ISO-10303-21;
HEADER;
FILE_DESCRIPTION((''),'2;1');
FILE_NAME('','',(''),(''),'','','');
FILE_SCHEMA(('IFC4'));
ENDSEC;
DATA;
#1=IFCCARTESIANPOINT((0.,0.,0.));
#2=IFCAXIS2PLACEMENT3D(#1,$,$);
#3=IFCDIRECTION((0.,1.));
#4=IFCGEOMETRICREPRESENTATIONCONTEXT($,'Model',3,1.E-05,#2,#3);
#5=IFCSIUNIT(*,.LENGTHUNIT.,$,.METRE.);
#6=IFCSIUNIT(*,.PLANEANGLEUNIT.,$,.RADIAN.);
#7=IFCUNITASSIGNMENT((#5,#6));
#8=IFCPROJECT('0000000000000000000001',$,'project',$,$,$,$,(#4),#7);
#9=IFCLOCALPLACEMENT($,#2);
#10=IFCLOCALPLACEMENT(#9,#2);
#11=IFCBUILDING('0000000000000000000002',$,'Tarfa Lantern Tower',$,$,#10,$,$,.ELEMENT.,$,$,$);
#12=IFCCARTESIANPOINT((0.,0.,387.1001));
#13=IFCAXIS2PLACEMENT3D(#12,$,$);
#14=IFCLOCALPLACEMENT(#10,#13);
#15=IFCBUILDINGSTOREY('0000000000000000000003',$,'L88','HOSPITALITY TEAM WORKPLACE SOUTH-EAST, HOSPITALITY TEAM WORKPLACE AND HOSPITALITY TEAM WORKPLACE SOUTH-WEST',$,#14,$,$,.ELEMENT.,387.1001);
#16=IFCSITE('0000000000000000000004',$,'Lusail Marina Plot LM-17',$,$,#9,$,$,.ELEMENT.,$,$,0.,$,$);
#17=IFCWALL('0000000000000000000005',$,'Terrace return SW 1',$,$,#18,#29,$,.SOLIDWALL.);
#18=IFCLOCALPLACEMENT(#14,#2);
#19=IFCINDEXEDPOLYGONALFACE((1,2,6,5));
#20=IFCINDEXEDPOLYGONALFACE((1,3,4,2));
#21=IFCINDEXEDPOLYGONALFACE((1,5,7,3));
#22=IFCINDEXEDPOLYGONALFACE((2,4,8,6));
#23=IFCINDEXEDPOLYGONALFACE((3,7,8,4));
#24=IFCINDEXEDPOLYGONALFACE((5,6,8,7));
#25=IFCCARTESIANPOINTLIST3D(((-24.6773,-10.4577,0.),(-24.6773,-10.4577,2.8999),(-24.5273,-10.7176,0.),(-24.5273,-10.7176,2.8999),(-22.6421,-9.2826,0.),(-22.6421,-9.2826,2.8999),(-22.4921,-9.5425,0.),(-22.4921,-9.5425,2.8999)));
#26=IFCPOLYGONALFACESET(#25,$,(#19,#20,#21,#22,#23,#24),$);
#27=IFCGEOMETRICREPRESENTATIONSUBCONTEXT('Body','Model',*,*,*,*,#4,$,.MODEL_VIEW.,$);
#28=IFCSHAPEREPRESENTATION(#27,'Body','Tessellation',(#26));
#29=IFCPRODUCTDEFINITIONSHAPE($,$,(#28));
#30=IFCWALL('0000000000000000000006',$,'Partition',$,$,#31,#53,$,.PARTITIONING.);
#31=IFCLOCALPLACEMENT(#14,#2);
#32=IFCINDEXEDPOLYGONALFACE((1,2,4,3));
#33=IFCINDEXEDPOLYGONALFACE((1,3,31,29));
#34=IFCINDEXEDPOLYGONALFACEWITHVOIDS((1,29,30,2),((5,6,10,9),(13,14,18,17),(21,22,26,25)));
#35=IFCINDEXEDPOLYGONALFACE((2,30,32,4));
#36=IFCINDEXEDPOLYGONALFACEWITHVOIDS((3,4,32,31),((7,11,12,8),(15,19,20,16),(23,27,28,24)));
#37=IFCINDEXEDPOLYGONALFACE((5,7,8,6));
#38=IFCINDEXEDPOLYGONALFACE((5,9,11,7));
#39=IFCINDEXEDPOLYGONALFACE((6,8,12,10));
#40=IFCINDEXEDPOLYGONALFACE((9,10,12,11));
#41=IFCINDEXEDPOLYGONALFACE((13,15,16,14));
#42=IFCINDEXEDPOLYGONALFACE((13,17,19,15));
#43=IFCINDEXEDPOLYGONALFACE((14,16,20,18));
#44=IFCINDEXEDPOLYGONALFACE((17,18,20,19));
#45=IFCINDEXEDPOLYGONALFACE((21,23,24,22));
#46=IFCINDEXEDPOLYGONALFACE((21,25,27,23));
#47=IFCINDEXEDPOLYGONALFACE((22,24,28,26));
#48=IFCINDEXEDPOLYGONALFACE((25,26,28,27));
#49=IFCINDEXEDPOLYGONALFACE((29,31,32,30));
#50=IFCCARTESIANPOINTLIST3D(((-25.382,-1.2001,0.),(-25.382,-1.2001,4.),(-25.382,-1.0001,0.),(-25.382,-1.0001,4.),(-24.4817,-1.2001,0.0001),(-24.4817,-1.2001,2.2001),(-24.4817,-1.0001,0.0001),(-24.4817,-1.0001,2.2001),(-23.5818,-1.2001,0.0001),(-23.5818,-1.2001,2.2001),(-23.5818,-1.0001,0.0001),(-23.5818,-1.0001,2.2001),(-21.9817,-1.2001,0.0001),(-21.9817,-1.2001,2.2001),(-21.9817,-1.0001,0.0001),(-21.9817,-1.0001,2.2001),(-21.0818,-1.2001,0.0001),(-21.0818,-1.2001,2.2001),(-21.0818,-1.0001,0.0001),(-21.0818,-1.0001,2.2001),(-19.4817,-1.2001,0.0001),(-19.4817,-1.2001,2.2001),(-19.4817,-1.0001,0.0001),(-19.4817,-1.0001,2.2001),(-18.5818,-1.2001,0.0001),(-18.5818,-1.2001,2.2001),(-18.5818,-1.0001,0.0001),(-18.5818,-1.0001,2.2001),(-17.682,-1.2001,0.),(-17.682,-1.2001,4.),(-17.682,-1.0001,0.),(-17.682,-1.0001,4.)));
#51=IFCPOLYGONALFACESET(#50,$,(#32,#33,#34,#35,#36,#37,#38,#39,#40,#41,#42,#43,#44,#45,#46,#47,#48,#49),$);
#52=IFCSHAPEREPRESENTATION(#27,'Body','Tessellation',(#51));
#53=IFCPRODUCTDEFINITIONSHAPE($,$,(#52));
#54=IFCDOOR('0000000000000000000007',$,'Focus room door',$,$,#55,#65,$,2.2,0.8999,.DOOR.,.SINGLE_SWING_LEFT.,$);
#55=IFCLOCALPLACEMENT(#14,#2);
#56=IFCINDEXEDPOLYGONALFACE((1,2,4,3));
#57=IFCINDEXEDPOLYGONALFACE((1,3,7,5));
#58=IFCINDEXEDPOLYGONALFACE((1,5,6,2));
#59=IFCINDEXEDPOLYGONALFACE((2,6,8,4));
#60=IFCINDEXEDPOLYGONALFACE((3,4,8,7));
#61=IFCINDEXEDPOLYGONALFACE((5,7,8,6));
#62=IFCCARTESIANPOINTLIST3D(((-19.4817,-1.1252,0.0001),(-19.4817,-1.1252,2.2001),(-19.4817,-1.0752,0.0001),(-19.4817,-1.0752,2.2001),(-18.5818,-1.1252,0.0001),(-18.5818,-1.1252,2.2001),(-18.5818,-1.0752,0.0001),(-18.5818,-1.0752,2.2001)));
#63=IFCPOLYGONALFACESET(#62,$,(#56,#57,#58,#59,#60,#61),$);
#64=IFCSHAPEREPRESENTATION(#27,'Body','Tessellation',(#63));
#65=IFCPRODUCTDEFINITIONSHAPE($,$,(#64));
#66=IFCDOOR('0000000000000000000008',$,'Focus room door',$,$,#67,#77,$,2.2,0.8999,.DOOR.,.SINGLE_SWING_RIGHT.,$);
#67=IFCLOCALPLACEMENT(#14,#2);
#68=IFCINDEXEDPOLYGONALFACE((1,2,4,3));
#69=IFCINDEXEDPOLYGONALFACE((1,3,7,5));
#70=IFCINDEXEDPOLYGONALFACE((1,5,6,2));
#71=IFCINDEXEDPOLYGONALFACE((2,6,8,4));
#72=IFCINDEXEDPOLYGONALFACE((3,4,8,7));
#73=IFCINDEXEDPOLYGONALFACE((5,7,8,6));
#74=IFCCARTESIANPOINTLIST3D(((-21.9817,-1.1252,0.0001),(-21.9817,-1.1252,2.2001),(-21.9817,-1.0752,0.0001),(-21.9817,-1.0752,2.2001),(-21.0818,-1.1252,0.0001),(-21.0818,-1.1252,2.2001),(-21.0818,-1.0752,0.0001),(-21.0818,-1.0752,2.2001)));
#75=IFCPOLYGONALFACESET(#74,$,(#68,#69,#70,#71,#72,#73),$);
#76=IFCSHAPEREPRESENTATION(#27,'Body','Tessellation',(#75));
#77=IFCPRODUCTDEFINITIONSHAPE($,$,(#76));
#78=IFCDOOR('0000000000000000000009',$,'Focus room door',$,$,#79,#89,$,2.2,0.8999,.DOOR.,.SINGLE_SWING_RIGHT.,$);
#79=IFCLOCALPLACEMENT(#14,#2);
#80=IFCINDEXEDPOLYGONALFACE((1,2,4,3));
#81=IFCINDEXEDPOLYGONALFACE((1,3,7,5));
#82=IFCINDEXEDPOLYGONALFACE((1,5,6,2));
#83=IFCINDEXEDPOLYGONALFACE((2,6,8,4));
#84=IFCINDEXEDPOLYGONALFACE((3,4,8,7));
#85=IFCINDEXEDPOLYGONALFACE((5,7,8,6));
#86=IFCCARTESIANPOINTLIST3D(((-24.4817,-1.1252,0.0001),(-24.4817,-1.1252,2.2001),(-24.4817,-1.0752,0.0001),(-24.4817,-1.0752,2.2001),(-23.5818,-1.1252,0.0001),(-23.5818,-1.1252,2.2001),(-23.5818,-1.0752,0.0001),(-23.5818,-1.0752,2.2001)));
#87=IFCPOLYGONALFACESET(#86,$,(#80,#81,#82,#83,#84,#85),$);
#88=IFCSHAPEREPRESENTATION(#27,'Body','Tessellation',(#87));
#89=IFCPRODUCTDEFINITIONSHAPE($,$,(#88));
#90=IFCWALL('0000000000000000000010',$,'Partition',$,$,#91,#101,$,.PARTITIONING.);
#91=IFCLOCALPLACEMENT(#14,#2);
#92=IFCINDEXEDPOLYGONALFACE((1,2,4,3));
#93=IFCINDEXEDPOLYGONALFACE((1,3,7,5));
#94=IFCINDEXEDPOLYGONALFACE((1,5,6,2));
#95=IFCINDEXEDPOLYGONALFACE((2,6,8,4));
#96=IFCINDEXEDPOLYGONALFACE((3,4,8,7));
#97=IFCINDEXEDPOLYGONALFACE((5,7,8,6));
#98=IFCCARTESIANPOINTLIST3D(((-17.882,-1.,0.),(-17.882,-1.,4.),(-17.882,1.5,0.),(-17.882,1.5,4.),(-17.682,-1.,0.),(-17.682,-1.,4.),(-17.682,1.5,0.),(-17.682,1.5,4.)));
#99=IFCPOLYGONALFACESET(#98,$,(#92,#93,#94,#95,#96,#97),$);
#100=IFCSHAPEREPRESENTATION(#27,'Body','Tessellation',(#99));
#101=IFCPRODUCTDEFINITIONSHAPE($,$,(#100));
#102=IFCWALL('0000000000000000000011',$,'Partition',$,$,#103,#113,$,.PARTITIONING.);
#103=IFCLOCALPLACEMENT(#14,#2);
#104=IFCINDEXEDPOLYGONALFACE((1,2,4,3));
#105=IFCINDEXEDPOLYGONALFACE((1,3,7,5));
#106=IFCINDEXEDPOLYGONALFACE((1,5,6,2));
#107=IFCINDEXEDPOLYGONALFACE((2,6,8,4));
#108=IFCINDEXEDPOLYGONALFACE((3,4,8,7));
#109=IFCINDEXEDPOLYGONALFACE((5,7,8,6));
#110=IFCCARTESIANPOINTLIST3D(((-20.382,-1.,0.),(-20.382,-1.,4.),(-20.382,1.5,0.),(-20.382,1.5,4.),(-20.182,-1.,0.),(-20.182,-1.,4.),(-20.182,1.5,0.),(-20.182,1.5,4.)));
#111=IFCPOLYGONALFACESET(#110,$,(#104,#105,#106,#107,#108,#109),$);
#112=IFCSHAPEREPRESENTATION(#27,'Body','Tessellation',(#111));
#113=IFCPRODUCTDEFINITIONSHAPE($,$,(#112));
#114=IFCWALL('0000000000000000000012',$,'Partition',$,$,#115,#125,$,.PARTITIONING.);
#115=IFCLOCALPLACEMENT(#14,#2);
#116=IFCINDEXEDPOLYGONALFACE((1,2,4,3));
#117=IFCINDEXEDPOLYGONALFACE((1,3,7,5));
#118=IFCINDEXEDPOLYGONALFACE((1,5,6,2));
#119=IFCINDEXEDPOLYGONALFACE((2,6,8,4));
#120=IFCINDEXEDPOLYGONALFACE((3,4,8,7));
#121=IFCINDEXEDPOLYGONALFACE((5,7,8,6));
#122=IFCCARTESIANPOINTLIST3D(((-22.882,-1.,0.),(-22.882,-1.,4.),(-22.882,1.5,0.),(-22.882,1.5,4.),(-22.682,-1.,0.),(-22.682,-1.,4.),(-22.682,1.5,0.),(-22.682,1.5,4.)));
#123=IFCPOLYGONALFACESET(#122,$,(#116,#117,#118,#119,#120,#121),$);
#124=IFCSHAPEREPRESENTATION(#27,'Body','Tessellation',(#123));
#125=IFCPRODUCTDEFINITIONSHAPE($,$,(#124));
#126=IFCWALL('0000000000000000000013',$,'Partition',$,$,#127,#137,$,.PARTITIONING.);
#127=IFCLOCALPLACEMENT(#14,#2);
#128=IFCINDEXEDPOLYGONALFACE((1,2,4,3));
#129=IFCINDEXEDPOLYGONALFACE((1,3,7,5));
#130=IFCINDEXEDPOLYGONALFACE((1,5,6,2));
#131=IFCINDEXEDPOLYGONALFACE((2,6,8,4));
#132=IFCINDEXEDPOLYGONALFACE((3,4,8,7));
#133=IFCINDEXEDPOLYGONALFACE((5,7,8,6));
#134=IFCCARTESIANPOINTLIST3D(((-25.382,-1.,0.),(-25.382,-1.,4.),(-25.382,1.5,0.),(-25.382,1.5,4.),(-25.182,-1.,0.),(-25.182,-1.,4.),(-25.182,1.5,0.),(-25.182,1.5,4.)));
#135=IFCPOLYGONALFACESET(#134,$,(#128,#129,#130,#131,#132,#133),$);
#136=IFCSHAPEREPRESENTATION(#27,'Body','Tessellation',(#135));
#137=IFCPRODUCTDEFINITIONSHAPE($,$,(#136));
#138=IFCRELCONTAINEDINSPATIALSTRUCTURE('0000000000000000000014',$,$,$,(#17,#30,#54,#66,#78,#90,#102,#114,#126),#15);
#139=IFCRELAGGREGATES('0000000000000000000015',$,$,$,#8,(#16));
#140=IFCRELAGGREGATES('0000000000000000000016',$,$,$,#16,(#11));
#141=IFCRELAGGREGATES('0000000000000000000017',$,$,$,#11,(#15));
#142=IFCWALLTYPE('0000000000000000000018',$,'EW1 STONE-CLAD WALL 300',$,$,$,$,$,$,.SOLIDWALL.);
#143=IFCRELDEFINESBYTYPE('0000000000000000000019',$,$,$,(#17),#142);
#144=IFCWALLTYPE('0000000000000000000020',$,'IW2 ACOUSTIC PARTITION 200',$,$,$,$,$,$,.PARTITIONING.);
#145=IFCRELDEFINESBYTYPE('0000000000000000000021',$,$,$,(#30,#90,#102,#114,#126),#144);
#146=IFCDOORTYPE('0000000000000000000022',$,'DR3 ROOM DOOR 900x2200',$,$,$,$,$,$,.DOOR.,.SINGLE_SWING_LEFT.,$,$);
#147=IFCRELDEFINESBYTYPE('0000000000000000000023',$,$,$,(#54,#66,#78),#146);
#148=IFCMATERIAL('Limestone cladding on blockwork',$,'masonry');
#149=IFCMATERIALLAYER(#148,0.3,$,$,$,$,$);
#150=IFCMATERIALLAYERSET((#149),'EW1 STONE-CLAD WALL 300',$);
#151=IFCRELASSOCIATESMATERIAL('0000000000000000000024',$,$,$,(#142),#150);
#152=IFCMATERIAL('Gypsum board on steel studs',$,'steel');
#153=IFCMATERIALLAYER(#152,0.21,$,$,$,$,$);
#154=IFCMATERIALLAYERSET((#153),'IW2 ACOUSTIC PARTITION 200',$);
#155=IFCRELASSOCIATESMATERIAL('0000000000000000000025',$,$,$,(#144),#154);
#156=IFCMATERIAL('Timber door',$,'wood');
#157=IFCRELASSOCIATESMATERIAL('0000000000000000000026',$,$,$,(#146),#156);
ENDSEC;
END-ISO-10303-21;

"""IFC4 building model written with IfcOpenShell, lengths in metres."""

from ifc_helpers import new_model, si_unit, direction, frame, frame_2d, origin, place, context, subcontext, project, spatial, rectangle, extrude, material, layer, layer_set, type_object, element, fill, save


model = new_model("IFC4")

# Units and contexts
model_context = context("Model", 3, precision=1e-05, world=origin(), true_north=direction((0.0, 1.0)))
body_context = subcontext(model_context, "Body", "Model", "MODEL_VIEW")
ifc_project = project(units=[si_unit("LENGTHUNIT", "METRE"), si_unit("PLANEANGLEUNIT", "RADIAN")], contexts=[model_context])

# Site, building, storey
site_placement = place(None, origin())
site = spatial("IfcSite", under=ifc_project, at=site_placement, Name="Lusail Marina Plot LM-17", CompositionType="ELEMENT", RefElevation=0.0)
building_placement = place(site_placement, origin())
building = spatial("IfcBuilding", under=site, at=building_placement, Name="Tarfa Lantern Tower", CompositionType="ELEMENT")
storey_placement = place(building_placement, frame((0.0, 0.0, 387.1001)))
storey = spatial("IfcBuildingStorey", under=building, at=storey_placement, Name="L88", Description="HOSPITALITY TEAM WORKPLACE SOUTH-EAST, HOSPITALITY TEAM WORKPLACE AND HOSPITALITY TEAM WORKPLACE SOUTH-WEST", CompositionType="ELEMENT", Elevation=387.1001)

# Shared definitions
ifc_material_1 = material(Name="Limestone cladding on blockwork", Category="masonry")
ifc_layer_1 = layer(ifc_material_1, 0.3)
ifc_layer_set_1 = layer_set([ifc_layer_1], Name="EW1 STONE-CLAD WALL 300")
wall_type_1 = type_object("IfcWallType", Name="EW1 STONE-CLAD WALL 300", PredefinedType="SOLIDWALL", material=ifc_layer_set_1)

# Wall
wall_1_placement = place(storey_placement, frame((-24.6023, -10.5876, 0.0), z_axis=(0.0, 0.0, 1.0), x_axis=(0.866016, 0.500016, 0.0)))
element("IfcWall", 1, at=wall_1_placement, inside=storey, type_object=wall_type_1, Name="Terrace return SW 1", PredefinedType="SOLIDWALL", context=body_context, shape_type="SweptSolid", body=[
    extrude(rectangle(XDim=2.3501, YDim=0.3, at=frame_2d((1.175, 0.0))), origin(), (0.0, 0.0, 1.0), 2.8999),
])

# Wall, openings, doors
ifc_material_2 = material(Name="Gypsum board on steel studs", Category="steel")
ifc_layer_2 = layer(ifc_material_2, 0.21)
ifc_layer_set_2 = layer_set([ifc_layer_2], Name="IW2 ACOUSTIC PARTITION 200")
wall_type_2 = type_object("IfcWallType", Name="IW2 ACOUSTIC PARTITION 200", PredefinedType="PARTITIONING", material=ifc_layer_set_2)
wall_2_placement = place(storey_placement, frame((-17.6819, -1.1001, 0.0), z_axis=(0.0, 0.0, 1.0), x_axis=(-1.0, 0.0, 0.0)))
wall_2 = element("IfcWall", 2, at=wall_2_placement, inside=storey, type_object=wall_type_2, Name="Partition", PredefinedType="PARTITIONING", context=body_context, shape_type="SweptSolid", body=[
    extrude(rectangle(XDim=7.7, YDim=0.2, at=frame_2d((3.8501, 0.0))), origin(), (0.0, 0.0, 1.0), 4.0),
])
opening_1_placement = place(wall_2_placement, frame((0.8999, 0.0, 0.0)))
opening_1 = element("IfcOpeningElement", 3, at=opening_1_placement, cuts=wall_2, PredefinedType="OPENING", context=body_context, shape_type="SweptSolid", body=[
    extrude(rectangle(XDim=0.8999, YDim=2.2, at=frame_2d((0.45, 1.1001))), frame((0.0, 0.1099, 0.0), z_axis=(0.0, -1.0, 0.0), x_axis=(1.0, 0.0, 0.0)), (0.0, 0.0, 1.0), 0.22),
])
opening_2_placement = place(wall_2_placement, frame((3.3999, 0.0, 0.0)))
opening_2 = element("IfcOpeningElement", 4, at=opening_2_placement, cuts=wall_2, PredefinedType="OPENING", context=body_context, shape_type="SweptSolid", body=[
    extrude(rectangle(XDim=0.8999, YDim=2.2, at=frame_2d((0.45, 1.1001))), frame((0.0, 0.1099, 0.0), z_axis=(0.0, -1.0, 0.0), x_axis=(1.0, 0.0, 0.0)), (0.0, 0.0, 1.0), 0.22),
])
opening_3_placement = place(wall_2_placement, frame((5.8999, 0.0, 0.0)))
opening_3 = element("IfcOpeningElement", 5, at=opening_3_placement, cuts=wall_2, PredefinedType="OPENING", context=body_context, shape_type="SweptSolid", body=[
    extrude(rectangle(XDim=0.8999, YDim=2.2, at=frame_2d((0.45, 1.1001))), frame((0.0, 0.1099, 0.0), z_axis=(0.0, -1.0, 0.0), x_axis=(1.0, 0.0, 0.0)), (0.0, 0.0, 1.0), 0.22),
])
ifc_material_3 = material(Name="Timber door", Category="wood")
door_type_1 = type_object("IfcDoorType", Name="DR3 ROOM DOOR 900x2200", OperationType="SINGLE_SWING_LEFT", PredefinedType="DOOR", material=ifc_material_3)
door_1_placement = place(opening_1_placement, frame((0.8999, 0.0, 0.0), z_axis=(0.0, 0.0, 1.0), x_axis=(-1.0, 0.0, 0.0)))
door_1 = element("IfcDoor", 6, at=door_1_placement, inside=storey, type_object=door_type_1, Name="Focus room door", OperationType="SINGLE_SWING_LEFT", OverallHeight=2.2, OverallWidth=0.8999, PredefinedType="DOOR", context=body_context, shape_type="SweptSolid", body=[
    extrude(rectangle(XDim=0.8999, YDim=2.2, at=frame_2d((0.45, 1.1001))), frame((0.0, 0.0249, 0.0), z_axis=(0.0, -1.0, 0.0), x_axis=(1.0, 0.0, 0.0)), (0.0, 0.0, 1.0), 0.05),
])
fill(opening_1, door_1)
door_2_placement = place(opening_2_placement, frame((0.8999, 0.0, 0.0), z_axis=(0.0, 0.0, 1.0), x_axis=(-1.0, 0.0, 0.0)))
door_2 = element("IfcDoor", 7, at=door_2_placement, inside=storey, type_object=door_type_1, Name="Focus room door", OperationType="SINGLE_SWING_RIGHT", OverallHeight=2.2, OverallWidth=0.8999, PredefinedType="DOOR", context=body_context, shape_type="SweptSolid", body=[
    extrude(rectangle(XDim=0.8999, YDim=2.2, at=frame_2d((0.45, 1.1001))), frame((0.0, 0.0249, 0.0), z_axis=(0.0, -1.0, 0.0), x_axis=(1.0, 0.0, 0.0)), (0.0, 0.0, 1.0), 0.05),
])
fill(opening_2, door_2)
door_3_placement = place(opening_3_placement, frame((0.8999, 0.0, 0.0), z_axis=(0.0, 0.0, 1.0), x_axis=(-1.0, 0.0, 0.0)))
door_3 = element("IfcDoor", 8, at=door_3_placement, inside=storey, type_object=door_type_1, Name="Focus room door", OperationType="SINGLE_SWING_RIGHT", OverallHeight=2.2, OverallWidth=0.8999, PredefinedType="DOOR", context=body_context, shape_type="SweptSolid", body=[
    extrude(rectangle(XDim=0.8999, YDim=2.2, at=frame_2d((0.45, 1.1001))), frame((0.0, 0.0249, 0.0), z_axis=(0.0, -1.0, 0.0), x_axis=(1.0, 0.0, 0.0)), (0.0, 0.0, 1.0), 0.05),
])
fill(opening_3, door_3)

# Walls
for number, where, z_axis, x_axis, name in (
    (9, (-17.782, 1.5, 0.0), (0.0, 0.0, 1.0), (0.0, -1.0, 0.0), "Partition"),
    (10, (-20.282, 1.5, 0.0), (0.0, 0.0, 1.0), (0.0, -1.0, 0.0), "Partition"),
    (11, (-22.782, 1.5, 0.0), (0.0, 0.0, 1.0), (0.0, -1.0, 0.0), "Partition"),
    (12, (-25.282, 1.5, 0.0), (0.0, 0.0, 1.0), (0.0, -1.0, 0.0), "Partition"),
):
    element("IfcWall", number, at=place(storey_placement, frame(where, z_axis=z_axis, x_axis=x_axis)), inside=storey, type_object=wall_type_2, Name=name, PredefinedType="PARTITIONING", context=body_context, shape_type="SweptSolid", body=[
        extrude(rectangle(XDim=2.5, YDim=0.2, at=frame_2d((1.25, 0.0))), origin(), (0.0, 0.0, 1.0), 4.0),
    ])

save(model, "model.ifc")
